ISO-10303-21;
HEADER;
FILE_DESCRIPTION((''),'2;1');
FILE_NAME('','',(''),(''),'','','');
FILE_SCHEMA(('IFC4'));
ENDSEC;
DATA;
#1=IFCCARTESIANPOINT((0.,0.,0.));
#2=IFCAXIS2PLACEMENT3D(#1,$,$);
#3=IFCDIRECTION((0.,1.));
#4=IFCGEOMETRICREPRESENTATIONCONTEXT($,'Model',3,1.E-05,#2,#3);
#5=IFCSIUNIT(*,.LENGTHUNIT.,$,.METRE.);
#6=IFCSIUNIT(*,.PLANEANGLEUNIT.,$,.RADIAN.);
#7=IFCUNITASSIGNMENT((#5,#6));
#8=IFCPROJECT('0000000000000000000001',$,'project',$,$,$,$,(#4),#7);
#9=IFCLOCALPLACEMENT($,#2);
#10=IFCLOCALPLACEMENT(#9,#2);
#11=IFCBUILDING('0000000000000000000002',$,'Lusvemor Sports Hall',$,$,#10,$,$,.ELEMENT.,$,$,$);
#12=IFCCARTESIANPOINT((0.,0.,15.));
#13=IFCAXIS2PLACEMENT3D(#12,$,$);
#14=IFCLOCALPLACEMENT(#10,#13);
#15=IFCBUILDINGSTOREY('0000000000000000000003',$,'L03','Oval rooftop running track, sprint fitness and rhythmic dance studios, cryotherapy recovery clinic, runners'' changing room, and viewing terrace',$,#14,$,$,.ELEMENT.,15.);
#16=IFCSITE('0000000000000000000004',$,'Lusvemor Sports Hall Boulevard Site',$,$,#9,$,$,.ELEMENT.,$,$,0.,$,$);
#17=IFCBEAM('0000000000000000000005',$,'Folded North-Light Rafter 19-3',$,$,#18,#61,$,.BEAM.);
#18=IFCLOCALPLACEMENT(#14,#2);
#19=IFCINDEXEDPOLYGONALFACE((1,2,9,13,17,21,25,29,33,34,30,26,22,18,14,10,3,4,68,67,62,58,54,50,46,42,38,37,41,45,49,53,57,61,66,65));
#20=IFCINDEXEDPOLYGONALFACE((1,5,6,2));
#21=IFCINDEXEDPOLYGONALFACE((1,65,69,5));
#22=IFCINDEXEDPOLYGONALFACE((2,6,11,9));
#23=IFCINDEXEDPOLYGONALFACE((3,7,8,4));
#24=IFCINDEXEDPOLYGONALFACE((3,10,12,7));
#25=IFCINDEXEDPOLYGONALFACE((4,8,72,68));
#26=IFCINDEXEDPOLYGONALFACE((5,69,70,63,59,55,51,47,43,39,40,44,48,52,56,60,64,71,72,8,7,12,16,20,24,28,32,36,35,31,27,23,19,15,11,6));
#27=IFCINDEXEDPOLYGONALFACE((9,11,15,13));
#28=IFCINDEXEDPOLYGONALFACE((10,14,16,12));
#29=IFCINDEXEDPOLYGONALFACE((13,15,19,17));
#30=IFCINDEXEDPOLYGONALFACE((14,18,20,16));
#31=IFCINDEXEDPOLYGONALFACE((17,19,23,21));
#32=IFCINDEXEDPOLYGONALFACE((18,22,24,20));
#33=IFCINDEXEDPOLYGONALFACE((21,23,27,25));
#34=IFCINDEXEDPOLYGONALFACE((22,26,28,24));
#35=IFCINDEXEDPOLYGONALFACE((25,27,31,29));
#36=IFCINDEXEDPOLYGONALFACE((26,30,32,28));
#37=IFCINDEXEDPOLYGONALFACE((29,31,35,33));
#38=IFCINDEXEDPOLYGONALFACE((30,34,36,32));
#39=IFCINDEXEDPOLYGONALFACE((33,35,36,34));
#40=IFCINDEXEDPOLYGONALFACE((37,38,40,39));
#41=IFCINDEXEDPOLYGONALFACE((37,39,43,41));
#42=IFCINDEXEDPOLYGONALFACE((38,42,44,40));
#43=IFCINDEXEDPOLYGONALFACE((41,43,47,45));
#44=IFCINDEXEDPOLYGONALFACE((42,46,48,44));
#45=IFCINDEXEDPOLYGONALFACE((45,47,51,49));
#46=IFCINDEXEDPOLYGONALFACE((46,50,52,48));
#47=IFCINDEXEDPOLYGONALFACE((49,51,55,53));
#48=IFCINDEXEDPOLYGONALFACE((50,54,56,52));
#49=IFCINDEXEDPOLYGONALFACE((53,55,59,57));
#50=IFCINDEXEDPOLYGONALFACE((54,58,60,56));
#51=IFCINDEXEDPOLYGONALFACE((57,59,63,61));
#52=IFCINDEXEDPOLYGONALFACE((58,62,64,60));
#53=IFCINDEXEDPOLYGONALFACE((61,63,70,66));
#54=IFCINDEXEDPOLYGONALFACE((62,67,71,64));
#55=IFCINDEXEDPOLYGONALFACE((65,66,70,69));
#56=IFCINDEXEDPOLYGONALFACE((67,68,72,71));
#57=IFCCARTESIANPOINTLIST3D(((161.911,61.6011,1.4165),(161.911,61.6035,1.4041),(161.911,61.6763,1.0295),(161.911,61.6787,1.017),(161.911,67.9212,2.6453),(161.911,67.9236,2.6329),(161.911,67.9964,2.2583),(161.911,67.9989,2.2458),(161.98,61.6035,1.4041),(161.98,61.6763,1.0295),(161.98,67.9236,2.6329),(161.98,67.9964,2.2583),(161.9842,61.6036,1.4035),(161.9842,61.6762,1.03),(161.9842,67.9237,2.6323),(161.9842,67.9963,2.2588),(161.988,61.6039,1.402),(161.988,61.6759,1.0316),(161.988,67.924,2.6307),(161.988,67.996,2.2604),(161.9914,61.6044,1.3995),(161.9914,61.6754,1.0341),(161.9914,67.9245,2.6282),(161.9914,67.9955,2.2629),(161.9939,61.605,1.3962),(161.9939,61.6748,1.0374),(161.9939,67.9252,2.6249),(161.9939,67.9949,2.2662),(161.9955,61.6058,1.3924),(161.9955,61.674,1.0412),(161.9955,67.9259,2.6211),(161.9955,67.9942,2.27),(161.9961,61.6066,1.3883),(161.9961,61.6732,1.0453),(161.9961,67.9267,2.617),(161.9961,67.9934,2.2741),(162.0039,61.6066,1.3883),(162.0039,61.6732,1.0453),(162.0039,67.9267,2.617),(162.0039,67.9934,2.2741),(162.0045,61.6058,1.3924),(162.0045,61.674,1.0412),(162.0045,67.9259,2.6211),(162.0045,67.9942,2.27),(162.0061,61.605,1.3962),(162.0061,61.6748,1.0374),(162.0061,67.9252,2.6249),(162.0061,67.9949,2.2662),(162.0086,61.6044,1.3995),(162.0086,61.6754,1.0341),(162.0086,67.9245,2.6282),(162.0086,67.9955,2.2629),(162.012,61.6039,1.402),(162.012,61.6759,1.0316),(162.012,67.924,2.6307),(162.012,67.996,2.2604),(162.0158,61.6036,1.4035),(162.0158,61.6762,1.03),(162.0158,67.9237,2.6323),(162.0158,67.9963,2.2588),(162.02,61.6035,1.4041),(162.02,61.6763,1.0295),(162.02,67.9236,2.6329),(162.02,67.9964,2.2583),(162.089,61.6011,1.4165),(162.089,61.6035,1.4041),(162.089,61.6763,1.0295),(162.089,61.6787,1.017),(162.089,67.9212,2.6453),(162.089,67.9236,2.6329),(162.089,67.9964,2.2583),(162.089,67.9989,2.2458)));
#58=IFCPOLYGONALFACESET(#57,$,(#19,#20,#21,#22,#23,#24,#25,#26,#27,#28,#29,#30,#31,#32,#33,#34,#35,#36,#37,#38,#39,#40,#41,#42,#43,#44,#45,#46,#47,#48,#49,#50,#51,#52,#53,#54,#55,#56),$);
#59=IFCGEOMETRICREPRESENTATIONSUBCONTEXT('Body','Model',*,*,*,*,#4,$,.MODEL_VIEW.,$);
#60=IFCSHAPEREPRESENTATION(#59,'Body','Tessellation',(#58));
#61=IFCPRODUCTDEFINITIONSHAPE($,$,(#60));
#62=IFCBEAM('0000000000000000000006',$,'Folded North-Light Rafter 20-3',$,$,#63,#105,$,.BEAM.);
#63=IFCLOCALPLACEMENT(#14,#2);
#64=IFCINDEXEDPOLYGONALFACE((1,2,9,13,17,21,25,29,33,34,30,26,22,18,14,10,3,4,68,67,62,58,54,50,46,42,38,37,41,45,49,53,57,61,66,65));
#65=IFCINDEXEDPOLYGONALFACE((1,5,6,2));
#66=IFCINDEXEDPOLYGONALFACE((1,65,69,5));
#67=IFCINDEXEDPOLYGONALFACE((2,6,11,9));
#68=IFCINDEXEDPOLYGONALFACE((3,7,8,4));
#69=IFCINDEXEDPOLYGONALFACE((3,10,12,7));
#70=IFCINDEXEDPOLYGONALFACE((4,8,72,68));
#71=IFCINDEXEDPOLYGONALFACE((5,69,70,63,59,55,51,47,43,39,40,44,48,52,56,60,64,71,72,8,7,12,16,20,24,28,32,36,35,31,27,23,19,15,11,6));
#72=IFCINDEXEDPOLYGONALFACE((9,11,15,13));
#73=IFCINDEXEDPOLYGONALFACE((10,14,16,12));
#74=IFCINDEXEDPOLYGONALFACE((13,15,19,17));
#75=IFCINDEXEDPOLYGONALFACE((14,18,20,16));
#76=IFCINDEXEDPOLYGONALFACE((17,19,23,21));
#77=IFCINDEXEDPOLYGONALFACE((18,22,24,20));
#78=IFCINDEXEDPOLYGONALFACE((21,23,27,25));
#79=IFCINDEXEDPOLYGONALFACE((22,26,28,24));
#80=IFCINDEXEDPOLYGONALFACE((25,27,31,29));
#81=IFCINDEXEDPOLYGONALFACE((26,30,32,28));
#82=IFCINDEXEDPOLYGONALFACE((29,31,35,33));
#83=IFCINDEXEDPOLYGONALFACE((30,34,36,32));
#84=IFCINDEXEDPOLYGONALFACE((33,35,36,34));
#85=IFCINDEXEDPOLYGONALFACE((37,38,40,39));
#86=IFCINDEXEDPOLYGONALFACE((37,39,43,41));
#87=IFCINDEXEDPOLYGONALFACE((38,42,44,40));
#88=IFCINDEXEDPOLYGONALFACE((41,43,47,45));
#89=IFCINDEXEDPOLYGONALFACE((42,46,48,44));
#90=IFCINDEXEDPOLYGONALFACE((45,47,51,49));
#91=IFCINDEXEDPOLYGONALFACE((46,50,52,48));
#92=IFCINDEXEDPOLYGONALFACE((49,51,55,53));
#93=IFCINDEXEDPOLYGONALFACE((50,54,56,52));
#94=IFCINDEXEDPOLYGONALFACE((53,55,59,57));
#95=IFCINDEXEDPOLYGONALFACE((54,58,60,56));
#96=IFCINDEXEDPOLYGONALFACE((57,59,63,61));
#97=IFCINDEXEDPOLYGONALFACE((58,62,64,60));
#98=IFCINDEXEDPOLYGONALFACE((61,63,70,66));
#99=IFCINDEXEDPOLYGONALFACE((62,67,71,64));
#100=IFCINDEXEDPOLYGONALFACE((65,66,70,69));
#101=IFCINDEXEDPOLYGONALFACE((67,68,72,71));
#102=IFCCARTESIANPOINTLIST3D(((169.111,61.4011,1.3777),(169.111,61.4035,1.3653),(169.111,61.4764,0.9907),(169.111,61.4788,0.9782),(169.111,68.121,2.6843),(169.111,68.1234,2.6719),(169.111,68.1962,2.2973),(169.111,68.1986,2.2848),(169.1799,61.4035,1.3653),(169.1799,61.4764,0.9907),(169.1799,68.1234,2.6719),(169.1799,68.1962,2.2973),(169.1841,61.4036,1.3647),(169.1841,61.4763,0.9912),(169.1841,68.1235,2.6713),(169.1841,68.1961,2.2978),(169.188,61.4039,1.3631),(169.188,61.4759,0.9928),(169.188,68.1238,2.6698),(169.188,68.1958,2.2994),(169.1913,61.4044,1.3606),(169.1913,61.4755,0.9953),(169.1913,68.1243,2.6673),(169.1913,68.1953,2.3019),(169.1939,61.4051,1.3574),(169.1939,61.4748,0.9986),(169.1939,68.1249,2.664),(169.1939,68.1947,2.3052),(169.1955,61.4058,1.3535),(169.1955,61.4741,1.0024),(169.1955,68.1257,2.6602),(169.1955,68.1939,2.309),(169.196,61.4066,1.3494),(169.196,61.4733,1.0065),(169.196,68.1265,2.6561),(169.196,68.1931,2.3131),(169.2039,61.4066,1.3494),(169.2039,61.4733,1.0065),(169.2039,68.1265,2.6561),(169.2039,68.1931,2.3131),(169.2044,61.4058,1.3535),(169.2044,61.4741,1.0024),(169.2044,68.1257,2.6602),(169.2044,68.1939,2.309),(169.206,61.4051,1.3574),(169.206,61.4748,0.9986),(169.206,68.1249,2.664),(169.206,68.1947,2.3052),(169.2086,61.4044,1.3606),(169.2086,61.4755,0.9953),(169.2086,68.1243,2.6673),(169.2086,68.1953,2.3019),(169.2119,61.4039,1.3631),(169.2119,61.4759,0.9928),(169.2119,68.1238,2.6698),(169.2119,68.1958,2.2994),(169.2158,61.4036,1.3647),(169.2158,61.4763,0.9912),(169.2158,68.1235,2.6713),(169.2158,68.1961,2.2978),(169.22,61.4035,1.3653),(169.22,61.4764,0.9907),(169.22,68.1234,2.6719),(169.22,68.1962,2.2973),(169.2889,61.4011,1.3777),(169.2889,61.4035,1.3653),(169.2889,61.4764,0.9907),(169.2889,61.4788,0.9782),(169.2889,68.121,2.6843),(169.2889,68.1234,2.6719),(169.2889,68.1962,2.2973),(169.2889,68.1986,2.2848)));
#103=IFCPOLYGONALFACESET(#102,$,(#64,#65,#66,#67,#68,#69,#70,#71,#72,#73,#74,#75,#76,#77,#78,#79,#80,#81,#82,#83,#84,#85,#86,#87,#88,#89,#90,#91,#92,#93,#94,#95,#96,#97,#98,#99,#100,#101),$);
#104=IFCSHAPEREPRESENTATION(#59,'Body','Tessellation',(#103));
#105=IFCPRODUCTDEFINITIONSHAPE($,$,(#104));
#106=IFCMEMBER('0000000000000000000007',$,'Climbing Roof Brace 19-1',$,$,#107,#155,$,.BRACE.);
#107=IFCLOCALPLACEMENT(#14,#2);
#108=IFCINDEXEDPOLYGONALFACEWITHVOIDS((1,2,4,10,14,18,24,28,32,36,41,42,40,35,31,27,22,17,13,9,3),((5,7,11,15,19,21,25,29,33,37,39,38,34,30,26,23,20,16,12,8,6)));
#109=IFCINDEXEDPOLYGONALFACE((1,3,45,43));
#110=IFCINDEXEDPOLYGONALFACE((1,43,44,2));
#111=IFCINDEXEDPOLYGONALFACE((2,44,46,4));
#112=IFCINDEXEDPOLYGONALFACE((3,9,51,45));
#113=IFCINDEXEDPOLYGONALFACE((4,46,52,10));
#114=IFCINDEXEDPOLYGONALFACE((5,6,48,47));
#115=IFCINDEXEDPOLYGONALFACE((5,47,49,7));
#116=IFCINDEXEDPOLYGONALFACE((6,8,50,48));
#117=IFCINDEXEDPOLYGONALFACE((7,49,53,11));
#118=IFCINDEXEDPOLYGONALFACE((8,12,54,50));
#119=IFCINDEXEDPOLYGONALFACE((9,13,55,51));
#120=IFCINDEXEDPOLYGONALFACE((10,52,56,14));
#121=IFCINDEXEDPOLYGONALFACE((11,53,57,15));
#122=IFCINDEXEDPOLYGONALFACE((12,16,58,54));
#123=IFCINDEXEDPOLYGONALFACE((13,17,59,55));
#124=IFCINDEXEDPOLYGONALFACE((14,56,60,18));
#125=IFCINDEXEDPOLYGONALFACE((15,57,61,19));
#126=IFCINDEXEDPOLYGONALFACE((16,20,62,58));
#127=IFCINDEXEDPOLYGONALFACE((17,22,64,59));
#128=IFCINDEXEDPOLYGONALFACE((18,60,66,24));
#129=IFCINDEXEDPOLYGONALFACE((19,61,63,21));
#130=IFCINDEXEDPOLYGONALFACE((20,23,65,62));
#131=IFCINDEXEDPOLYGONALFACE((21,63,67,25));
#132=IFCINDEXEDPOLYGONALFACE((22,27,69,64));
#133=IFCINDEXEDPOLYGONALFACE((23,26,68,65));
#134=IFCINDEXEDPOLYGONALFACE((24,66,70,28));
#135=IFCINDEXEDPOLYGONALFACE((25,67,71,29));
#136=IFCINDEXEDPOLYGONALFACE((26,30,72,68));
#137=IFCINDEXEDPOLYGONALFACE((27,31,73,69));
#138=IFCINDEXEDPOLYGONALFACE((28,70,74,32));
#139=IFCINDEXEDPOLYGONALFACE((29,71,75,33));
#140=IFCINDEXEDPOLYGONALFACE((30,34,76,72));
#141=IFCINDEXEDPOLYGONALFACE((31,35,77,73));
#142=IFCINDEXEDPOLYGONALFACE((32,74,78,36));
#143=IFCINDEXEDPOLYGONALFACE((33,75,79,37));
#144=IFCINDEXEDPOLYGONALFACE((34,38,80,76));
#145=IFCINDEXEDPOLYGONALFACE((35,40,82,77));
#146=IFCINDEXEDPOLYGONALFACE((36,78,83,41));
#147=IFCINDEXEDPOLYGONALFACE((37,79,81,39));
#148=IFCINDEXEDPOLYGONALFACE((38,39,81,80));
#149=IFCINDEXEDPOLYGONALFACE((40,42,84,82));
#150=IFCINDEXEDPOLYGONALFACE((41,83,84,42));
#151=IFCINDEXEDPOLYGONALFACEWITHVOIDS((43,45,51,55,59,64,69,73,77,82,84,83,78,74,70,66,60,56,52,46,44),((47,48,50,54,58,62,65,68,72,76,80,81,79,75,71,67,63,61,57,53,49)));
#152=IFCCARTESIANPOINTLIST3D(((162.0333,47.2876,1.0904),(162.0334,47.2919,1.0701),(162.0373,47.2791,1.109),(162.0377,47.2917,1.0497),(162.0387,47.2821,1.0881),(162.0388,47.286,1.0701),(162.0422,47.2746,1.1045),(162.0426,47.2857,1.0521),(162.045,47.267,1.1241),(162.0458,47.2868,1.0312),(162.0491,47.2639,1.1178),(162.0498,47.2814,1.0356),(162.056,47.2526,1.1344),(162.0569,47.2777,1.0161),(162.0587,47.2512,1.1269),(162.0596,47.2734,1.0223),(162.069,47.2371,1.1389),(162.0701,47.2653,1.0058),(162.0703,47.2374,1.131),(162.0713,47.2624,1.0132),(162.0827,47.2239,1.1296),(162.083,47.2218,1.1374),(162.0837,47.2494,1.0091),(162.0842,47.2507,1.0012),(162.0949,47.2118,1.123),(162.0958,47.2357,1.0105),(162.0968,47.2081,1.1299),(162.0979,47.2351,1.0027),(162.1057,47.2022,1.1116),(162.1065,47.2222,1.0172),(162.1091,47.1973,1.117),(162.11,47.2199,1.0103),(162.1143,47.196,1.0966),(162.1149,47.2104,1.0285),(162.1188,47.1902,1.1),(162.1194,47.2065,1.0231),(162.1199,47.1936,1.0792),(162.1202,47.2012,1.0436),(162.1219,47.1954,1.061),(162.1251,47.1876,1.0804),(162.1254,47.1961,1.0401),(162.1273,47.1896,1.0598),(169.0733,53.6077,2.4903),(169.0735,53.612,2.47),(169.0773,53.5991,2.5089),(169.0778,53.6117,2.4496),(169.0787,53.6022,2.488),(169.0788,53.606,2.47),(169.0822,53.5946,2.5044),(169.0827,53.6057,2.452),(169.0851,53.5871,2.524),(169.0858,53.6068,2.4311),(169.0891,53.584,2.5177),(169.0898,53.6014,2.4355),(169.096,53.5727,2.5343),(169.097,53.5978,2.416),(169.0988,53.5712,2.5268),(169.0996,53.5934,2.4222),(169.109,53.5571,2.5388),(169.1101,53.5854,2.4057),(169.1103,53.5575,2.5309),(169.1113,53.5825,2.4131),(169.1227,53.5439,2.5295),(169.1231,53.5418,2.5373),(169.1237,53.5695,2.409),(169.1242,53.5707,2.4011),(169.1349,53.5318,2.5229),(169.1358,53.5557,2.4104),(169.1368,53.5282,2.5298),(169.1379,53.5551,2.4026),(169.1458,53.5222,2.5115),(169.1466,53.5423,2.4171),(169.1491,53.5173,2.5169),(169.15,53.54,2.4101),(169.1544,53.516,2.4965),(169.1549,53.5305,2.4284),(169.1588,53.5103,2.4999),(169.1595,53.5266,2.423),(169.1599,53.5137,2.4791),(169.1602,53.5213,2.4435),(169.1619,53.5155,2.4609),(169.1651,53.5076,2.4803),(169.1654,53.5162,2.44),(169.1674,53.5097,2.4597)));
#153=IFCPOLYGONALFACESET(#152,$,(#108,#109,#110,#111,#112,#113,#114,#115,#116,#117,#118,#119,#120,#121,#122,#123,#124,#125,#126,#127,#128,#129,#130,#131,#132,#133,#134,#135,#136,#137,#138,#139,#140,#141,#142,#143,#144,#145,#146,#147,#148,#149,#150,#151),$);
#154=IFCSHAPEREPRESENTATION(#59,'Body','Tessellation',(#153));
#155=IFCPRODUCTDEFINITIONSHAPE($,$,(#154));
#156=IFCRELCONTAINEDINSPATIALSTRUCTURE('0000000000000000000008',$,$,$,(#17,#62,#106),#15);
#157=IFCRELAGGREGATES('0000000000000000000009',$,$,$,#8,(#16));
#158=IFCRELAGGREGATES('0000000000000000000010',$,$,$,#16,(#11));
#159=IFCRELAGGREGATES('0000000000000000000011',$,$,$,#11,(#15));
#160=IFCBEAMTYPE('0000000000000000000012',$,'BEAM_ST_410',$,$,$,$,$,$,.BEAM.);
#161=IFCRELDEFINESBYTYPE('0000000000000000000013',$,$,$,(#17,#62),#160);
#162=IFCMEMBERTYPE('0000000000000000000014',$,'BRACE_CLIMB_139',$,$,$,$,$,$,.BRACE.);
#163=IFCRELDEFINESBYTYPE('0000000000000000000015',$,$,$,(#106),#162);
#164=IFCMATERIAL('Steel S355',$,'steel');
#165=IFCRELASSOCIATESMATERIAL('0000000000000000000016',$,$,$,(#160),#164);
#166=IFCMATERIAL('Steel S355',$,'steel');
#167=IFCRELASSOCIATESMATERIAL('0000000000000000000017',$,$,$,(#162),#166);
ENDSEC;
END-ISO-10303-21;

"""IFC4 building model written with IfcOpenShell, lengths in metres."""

from ifc_helpers import new_model, si_unit, direction, frame, origin, origin_2d, place, context, subcontext, project, spatial, hollow_circle, i_section, extrude, material, material_profile, profile_set, type_object, element, save


model = new_model("IFC4")

# Units and contexts
model_context = context("Model", 3, precision=1e-05, world=origin(), true_north=direction((0.0, 1.0)))
body_context = subcontext(model_context, "Body", "Model", "MODEL_VIEW")
ifc_project = project(units=[si_unit("LENGTHUNIT", "METRE"), si_unit("PLANEANGLEUNIT", "RADIAN")], contexts=[model_context])

# Site, building, storey
site_placement = place(None, origin())
site = spatial("IfcSite", under=ifc_project, at=site_placement, Name="Lusvemor Sports Hall Boulevard Site", CompositionType="ELEMENT", RefElevation=0.0)
building_placement = place(site_placement, origin())
building = spatial("IfcBuilding", under=site, at=building_placement, Name="Lusvemor Sports Hall", CompositionType="ELEMENT")
storey_placement = place(building_placement, frame((0.0, 0.0, 15.0)))
storey = spatial("IfcBuildingStorey", under=building, at=storey_placement, Name="L03", Description="Oval rooftop running track, sprint fitness and rhythmic dance studios, cryotherapy recovery clinic, runners' changing room, and viewing terrace", CompositionType="ELEMENT", Elevation=15.0)

# Beams
ifc_material_1 = material(Name="Steel S355", Category="steel")
ifc_material_profile_1 = material_profile(ifc_material_1, i_section(OverallWidth=0.178, OverallDepth=0.407, WebThickness=0.0078, FlangeThickness=0.0127, FilletRadius=0.0161, at=origin_2d()), Name="W410x60.0")
ifc_profile_set_1 = profile_set([ifc_material_profile_1], Name="Steel S355")
beam_type_1 = type_object("IfcBeamType", Name="BEAM_ST_410", PredefinedType="BEAM", material=ifc_profile_set_1)
beam_1_placement = place(storey_placement, frame((162.0, 61.6399, 1.2168), z_axis=(0.0, 0.98162, 0.190848), x_axis=(-1.0, 0.0, 0.0)))
element("IfcBeam", 1, at=beam_1_placement, inside=storey, type_object=beam_type_1, Name="Folded North-Light Rafter 19-3", PredefinedType="BEAM", context=body_context, shape_type="SweptSolid", body=[
    extrude(i_section(OverallWidth=0.178, OverallDepth=0.407, WebThickness=0.0078, FlangeThickness=0.0127, FilletRadius=0.0161, at=origin_2d()), origin(), (0.0, 0.0, 1.0), 6.4385),
])
beam_2_placement = place(storey_placement, frame((169.2, 61.4399, 1.178), z_axis=(0.0, 0.981616, 0.190867), x_axis=(-1.0, 0.0, 0.0)))
element("IfcBeam", 2, at=beam_2_placement, inside=storey, type_object=beam_type_1, Name="Folded North-Light Rafter 20-3", PredefinedType="BEAM", context=body_context, shape_type="SweptSolid", body=[
    extrude(i_section(OverallWidth=0.178, OverallDepth=0.407, WebThickness=0.0078, FlangeThickness=0.0127, FilletRadius=0.0161, at=origin_2d()), origin(), (0.0, 0.0, 1.0), 6.8457),
])

# Member
ifc_material_2 = material(Name="Steel S355", Category="steel")
ifc_material_profile_2 = material_profile(ifc_material_2, hollow_circle(Radius=0.0698, WallThickness=0.0081, at=origin_2d()), Name="CHS139.7x8.0")
ifc_profile_set_2 = profile_set([ifc_material_profile_2], Name="Steel S355")
member_type_1 = type_object("IfcMemberType", Name="BRACE_CLIMB_139", PredefinedType="BRACE", material=ifc_profile_set_2)
for number, where, z_axis, x_axis, name in (
    (3, (162.0801, 47.24, 1.0701), (0.736118, 0.660836, 0.146376), (-0.668032, 0.744133, 0.0), "Climbing Roof Brace 19-1"),
):
    element("IfcMember", number, at=place(storey_placement, frame(where, z_axis=z_axis, x_axis=x_axis)), inside=storey, type_object=member_type_1, Name=name, PredefinedType="BRACE", context=body_context, shape_type="SweptSolid", body=[
        extrude(hollow_circle(Radius=0.0698, WallThickness=0.0081, at=origin_2d()), origin(), (0.0, 0.0, 1.0), 9.5637),
    ])

save(model, "model.ifc")
